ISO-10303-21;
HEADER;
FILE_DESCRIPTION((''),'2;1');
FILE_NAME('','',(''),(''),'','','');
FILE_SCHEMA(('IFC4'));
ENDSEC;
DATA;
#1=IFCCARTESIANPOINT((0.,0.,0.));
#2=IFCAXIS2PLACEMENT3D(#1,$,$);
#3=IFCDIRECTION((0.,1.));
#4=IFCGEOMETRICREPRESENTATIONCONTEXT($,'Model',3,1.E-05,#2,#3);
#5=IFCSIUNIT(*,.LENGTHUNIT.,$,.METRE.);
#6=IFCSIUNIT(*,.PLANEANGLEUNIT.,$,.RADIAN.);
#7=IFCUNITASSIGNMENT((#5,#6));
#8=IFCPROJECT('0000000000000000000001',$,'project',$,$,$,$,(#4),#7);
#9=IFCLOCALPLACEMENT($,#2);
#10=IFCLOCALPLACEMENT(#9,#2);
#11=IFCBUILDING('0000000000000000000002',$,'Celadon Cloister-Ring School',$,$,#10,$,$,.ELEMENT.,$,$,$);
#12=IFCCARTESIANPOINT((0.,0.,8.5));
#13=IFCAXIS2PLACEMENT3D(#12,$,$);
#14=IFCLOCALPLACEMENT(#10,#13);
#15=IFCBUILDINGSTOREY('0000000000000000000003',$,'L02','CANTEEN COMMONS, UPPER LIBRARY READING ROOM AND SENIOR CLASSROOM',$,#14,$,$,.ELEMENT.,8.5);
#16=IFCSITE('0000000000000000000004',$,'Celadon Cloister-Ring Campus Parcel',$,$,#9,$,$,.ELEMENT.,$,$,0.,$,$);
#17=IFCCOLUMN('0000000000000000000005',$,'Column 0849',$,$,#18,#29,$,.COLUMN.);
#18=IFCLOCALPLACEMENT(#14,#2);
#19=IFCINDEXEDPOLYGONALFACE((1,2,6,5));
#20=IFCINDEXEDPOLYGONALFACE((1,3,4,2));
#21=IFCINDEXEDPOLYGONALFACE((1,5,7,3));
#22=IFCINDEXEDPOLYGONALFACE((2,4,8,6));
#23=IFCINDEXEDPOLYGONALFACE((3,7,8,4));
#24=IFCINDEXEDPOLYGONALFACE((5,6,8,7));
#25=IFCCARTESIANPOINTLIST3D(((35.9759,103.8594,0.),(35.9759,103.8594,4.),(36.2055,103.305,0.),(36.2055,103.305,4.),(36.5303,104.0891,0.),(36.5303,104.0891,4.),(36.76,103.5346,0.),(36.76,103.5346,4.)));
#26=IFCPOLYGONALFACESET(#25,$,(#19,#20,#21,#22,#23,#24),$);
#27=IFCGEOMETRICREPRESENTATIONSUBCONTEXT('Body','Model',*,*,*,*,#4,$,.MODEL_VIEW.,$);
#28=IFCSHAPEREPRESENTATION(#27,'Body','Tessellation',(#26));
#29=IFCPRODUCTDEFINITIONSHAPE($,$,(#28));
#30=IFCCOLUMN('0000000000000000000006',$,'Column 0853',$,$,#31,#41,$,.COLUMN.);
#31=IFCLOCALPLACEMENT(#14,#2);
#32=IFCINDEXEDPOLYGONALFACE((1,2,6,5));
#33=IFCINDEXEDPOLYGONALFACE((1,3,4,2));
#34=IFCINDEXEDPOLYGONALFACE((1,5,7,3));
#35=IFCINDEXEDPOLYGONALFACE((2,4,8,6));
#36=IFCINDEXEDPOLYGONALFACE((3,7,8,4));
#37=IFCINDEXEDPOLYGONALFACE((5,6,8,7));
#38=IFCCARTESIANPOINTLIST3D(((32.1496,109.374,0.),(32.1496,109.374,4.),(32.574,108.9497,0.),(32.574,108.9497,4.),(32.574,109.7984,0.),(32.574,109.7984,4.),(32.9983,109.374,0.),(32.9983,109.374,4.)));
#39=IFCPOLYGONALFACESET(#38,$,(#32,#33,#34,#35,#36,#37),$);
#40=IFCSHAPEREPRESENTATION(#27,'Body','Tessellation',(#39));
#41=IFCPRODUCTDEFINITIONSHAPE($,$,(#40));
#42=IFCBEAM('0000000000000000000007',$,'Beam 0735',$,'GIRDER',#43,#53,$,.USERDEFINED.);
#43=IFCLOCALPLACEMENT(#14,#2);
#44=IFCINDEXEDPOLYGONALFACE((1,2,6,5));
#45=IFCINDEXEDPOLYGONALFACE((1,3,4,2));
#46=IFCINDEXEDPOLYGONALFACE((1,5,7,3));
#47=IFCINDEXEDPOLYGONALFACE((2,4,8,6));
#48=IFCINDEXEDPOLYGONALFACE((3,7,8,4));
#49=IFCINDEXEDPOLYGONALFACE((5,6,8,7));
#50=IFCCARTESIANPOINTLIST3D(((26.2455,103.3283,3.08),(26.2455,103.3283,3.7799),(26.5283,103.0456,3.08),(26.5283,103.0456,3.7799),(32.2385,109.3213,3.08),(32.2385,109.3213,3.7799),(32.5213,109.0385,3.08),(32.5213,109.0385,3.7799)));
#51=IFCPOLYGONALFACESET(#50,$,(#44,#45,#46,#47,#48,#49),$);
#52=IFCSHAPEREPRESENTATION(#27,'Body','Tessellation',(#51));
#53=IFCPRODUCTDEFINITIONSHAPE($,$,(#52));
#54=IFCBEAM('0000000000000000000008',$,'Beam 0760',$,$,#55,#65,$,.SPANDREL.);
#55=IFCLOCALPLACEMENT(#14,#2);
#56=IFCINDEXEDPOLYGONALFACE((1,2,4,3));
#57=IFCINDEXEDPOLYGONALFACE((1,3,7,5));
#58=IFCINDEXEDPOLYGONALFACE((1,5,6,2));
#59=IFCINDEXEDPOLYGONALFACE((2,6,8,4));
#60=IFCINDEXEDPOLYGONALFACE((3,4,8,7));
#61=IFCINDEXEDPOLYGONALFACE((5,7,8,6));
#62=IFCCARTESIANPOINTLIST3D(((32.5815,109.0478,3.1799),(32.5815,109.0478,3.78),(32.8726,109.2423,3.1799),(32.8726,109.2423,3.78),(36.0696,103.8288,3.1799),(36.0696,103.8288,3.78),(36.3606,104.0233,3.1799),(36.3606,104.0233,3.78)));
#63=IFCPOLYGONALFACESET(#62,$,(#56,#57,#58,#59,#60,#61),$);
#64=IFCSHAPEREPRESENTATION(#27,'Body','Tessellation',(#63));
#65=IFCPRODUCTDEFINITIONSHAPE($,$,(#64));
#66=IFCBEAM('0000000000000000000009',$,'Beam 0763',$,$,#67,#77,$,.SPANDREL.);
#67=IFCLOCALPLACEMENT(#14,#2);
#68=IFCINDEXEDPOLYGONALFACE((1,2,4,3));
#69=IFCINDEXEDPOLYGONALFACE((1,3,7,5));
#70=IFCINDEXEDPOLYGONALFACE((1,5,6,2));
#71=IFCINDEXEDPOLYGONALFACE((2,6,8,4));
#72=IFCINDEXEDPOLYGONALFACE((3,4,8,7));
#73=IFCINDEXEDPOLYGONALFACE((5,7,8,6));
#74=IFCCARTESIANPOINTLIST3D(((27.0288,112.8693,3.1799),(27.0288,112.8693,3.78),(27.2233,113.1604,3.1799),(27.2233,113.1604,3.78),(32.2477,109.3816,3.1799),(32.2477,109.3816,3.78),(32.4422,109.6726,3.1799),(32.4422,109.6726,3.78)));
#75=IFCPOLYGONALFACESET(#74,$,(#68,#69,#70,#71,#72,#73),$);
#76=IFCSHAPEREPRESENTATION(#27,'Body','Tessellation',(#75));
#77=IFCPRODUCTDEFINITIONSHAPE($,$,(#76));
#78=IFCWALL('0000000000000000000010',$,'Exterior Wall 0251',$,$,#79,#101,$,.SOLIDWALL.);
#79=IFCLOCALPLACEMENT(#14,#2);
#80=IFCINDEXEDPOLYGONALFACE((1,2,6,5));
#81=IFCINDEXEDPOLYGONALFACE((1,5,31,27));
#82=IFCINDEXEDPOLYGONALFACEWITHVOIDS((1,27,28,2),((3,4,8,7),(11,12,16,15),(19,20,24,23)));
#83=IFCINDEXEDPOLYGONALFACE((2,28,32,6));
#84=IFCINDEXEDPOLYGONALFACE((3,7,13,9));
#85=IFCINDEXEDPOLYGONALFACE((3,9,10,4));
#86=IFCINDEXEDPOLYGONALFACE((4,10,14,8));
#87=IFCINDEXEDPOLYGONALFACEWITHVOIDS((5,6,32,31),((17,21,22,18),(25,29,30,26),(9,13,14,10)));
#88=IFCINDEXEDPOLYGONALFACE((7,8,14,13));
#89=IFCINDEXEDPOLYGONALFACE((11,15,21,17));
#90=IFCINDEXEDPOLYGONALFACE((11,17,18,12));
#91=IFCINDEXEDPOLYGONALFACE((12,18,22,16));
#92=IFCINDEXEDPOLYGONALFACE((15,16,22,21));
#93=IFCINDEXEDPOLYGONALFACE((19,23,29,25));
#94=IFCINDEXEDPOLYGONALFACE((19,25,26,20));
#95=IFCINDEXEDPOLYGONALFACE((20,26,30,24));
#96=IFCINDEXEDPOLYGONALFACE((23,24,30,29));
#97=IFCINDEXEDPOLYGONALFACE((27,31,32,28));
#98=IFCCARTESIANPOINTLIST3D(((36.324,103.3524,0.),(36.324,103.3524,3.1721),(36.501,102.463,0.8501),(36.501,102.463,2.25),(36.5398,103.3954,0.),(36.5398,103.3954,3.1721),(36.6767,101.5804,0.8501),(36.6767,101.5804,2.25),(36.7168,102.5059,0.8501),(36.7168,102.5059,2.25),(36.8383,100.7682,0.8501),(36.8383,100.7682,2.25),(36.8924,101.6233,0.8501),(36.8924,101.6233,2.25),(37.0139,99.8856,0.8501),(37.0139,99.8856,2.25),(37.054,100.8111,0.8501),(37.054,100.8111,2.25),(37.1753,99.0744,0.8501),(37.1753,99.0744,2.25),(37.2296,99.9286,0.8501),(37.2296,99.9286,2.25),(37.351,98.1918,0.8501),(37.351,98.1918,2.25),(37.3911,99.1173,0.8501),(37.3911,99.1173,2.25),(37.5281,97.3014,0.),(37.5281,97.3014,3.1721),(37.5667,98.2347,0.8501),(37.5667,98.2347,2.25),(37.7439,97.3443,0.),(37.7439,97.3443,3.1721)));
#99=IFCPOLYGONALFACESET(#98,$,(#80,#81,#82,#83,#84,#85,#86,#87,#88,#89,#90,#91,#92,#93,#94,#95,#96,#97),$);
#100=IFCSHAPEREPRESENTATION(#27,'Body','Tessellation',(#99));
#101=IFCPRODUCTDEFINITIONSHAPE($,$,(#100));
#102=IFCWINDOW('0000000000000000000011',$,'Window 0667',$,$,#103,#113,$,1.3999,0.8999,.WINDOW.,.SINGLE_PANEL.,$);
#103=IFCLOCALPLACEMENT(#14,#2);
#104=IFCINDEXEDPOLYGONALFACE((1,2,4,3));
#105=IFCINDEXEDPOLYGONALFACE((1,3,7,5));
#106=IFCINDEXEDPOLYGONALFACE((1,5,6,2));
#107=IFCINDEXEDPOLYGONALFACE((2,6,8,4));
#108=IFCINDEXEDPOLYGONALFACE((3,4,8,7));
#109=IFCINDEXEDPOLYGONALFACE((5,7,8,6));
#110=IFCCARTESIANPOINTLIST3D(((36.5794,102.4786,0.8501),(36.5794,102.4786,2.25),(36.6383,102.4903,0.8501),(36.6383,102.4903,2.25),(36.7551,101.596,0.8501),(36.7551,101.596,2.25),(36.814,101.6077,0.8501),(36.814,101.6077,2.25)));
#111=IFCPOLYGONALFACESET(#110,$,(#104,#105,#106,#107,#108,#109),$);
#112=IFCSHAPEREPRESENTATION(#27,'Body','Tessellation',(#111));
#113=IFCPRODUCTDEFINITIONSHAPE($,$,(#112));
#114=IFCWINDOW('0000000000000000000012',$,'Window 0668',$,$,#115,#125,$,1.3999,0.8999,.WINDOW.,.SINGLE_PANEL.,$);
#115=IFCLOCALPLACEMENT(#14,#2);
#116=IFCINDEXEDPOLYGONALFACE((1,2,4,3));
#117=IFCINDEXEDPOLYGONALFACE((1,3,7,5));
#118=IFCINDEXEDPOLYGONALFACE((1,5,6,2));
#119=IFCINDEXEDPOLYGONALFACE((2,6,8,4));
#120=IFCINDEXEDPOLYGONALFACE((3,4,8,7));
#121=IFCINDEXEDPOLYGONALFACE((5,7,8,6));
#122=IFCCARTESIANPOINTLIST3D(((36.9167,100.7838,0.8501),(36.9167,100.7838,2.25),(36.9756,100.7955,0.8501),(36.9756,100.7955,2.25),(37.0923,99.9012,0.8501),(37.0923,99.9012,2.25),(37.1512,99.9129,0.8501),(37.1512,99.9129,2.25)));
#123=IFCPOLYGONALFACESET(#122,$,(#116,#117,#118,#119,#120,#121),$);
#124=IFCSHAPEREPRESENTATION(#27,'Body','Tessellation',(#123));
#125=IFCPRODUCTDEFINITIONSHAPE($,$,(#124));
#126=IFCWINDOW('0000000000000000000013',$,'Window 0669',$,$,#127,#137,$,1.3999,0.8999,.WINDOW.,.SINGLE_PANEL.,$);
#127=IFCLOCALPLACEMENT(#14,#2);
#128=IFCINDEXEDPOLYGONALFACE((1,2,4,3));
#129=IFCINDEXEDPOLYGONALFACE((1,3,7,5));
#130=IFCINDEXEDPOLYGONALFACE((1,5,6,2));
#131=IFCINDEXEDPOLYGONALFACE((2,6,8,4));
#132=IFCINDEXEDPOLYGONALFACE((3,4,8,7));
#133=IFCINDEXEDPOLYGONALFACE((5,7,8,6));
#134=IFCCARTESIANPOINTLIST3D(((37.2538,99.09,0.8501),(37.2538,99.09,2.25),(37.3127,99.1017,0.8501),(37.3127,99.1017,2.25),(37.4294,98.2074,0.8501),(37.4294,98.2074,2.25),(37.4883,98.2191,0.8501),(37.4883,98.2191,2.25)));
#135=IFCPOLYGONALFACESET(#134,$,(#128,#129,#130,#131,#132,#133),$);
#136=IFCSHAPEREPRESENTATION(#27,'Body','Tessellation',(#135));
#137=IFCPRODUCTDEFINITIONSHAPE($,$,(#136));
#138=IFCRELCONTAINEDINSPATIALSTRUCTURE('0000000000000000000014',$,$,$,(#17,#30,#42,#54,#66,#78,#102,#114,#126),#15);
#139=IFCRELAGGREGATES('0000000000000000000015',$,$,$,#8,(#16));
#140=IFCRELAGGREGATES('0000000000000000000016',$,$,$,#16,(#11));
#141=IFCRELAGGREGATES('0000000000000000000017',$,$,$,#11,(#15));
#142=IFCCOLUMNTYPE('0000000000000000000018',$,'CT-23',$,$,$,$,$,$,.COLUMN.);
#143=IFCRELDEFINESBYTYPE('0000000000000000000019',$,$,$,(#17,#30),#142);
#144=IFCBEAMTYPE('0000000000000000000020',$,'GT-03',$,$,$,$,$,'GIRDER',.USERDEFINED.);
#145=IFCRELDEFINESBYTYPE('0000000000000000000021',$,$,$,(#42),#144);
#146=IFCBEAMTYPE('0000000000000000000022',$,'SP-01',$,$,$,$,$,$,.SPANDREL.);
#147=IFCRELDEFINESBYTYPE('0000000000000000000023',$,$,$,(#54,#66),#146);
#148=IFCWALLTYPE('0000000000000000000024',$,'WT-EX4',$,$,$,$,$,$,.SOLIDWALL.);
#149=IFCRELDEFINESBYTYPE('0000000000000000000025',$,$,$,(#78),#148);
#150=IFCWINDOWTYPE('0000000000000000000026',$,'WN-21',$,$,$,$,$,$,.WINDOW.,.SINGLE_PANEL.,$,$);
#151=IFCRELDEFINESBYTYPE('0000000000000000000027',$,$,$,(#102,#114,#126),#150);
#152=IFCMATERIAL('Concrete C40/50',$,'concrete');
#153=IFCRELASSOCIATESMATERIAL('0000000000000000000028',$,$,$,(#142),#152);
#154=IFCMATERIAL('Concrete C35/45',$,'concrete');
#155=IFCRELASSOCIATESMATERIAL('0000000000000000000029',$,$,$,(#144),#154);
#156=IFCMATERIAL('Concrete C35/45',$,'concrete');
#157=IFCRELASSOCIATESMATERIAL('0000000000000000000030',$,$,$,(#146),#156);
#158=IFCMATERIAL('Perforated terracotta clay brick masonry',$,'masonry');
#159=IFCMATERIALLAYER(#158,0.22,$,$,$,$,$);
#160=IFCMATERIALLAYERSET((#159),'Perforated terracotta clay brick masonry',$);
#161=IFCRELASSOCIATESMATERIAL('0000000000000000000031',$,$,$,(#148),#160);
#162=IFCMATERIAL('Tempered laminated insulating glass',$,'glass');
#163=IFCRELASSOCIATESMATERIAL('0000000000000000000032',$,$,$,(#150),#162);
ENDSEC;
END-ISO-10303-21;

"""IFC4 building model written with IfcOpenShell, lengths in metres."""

from ifc_helpers import new_model, si_unit, direction, frame, frame_2d, origin, origin_2d, place, context, subcontext, project, spatial, rectangle, extrude, material, layer, layer_set, material_profile, profile_set, type_object, element, fill, save


model = new_model("IFC4")

# Units and contexts
model_context = context("Model", 3, precision=1e-05, world=origin(), true_north=direction((0.0, 1.0)))
body_context = subcontext(model_context, "Body", "Model", "MODEL_VIEW")
ifc_project = project(units=[si_unit("LENGTHUNIT", "METRE"), si_unit("PLANEANGLEUNIT", "RADIAN")], contexts=[model_context])

# Site, building, storey
site_placement = place(None, origin())
site = spatial("IfcSite", under=ifc_project, at=site_placement, Name="Celadon Cloister-Ring Campus Parcel", CompositionType="ELEMENT", RefElevation=0.0)
building_placement = place(site_placement, origin())
building = spatial("IfcBuilding", under=site, at=building_placement, Name="Celadon Cloister-Ring School", CompositionType="ELEMENT")
storey_placement = place(building_placement, frame((0.0, 0.0, 8.5)))
storey = spatial("IfcBuildingStorey", under=building, at=storey_placement, Name="L02", Description="CANTEEN COMMONS, UPPER LIBRARY READING ROOM AND SENIOR CLASSROOM", CompositionType="ELEMENT", Elevation=8.5)

# Columns
ifc_material_1 = material(Name="Concrete C40/50", Category="concrete")
ifc_material_profile_1 = material_profile(ifc_material_1, rectangle(XDim=0.6001, YDim=0.6001, at=origin_2d()), Name="RC600X600")
ifc_profile_set_1 = profile_set([ifc_material_profile_1], Name="Concrete C40/50")
column_type = type_object("IfcColumnType", Name="CT-23", PredefinedType="COLUMN", material=ifc_profile_set_1)
for number, where, z_axis, x_axis, name in (
    (1, (36.3679, 103.697, 0.0), (0.0, 0.0, 1.0), (0.92388, 0.382683, 0.0), "Column 0849"),
    (2, (32.574, 109.374, 0.0), (0.0, 0.0, 1.0), (0.707107, 0.707107, 0.0), "Column 0853"),
):
    element("IfcColumn", number, at=place(storey_placement, frame(where, z_axis=z_axis, x_axis=x_axis)), inside=storey, type_object=column_type, Name=name, PredefinedType="COLUMN", context=body_context, shape_type="SweptSolid", body=[
        extrude(rectangle(XDim=0.6001, YDim=0.6001, at=origin_2d()), origin(), (0.0, 0.0, 1.0), 4.0),
    ])

# Beams
ifc_material_2 = material(Name="Concrete C35/45", Category="concrete")
ifc_material_profile_2 = material_profile(ifc_material_2, rectangle(XDim=0.3999, YDim=0.7, at=origin_2d()), Name="RC400X700")
ifc_profile_set_2 = profile_set([ifc_material_profile_2], Name="Concrete C35/45")
beam_type_1 = type_object("IfcBeamType", Name="GT-03", ElementType="GIRDER", PredefinedType="USERDEFINED", material=ifc_profile_set_2)
beam_1_placement = place(storey_placement, frame((32.3799, 109.1799, 3.4299), z_axis=(-0.707107, -0.707107, 0.0), x_axis=(0.707107, -0.707107, 0.0)))
element("IfcBeam", 3, at=beam_1_placement, inside=storey, type_object=beam_type_1, Name="Beam 0735", ObjectType="GIRDER", PredefinedType="USERDEFINED", context=body_context, shape_type="SweptSolid", body=[
    extrude(rectangle(XDim=0.3999, YDim=0.7, at=origin_2d()), origin(), (0.0, 0.0, 1.0), 8.4753),
])
ifc_material_3 = material(Name="Concrete C35/45", Category="concrete")
ifc_material_profile_3 = material_profile(ifc_material_3, rectangle(XDim=0.3501, YDim=0.6001, at=origin_2d()), Name="RC350X600")
ifc_profile_set_3 = profile_set([ifc_material_profile_3], Name="Concrete C35/45")
beam_type_2 = type_object("IfcBeamType", Name="SP-01", PredefinedType="SPANDREL", material=ifc_profile_set_3)
beam_2_placement = place(storey_placement, frame((36.2151, 103.926, 3.48), z_axis=(-0.55566, 0.83141, 0.0), x_axis=(-0.83141, -0.55566, 0.0)))
element("IfcBeam", 4, at=beam_2_placement, inside=storey, type_object=beam_type_2, Name="Beam 0760", PredefinedType="SPANDREL", context=body_context, shape_type="SweptSolid", body=[
    extrude(rectangle(XDim=0.3501, YDim=0.6001, at=origin_2d()), origin(), (0.0, 0.0, 1.0), 6.2773),
])
beam_3_placement = place(storey_placement, frame((32.345, 109.5271, 3.48), z_axis=(-0.831427, 0.555633, 0.0), x_axis=(-0.555633, -0.831427, 0.0)))
element("IfcBeam", 5, at=beam_3_placement, inside=storey, type_object=beam_type_2, Name="Beam 0763", PredefinedType="SPANDREL", context=body_context, shape_type="SweptSolid", body=[
    extrude(rectangle(XDim=0.3501, YDim=0.6001, at=origin_2d()), origin(), (0.0, 0.0, 1.0), 6.2771),
])

# Wall, openings, windows
ifc_material_4 = material(Name="Perforated terracotta clay brick masonry", Category="masonry")
ifc_layer_1 = layer(ifc_material_4, 0.22)
ifc_layer_set_1 = layer_set([ifc_layer_1], Name="Perforated terracotta clay brick masonry")
wall_type = type_object("IfcWallType", Name="WT-EX4", PredefinedType="SOLIDWALL", material=ifc_layer_set_1)
wall_1_placement = place(storey_placement, frame((36.4319, 103.374, 0.0), z_axis=(0.0, 0.0, 1.0), x_axis=(0.195165, -0.98077, 0.0)))
wall_1 = element("IfcWall", 6, at=wall_1_placement, inside=storey, type_object=wall_type, Name="Exterior Wall 0251", PredefinedType="SOLIDWALL", context=body_context, shape_type="SweptSolid", body=[
    extrude(rectangle(XDim=6.1697, YDim=0.22, at=frame_2d((3.085, 0.0))), origin(), (0.0, 0.0, 1.0), 3.1721),
])
opening_1_placement = place(wall_1_placement, frame((0.907, 0.0, 0.8501)))
opening_1 = element("IfcOpeningElement", 7, at=opening_1_placement, cuts=wall_1, PredefinedType="OPENING", context=body_context, shape_type="SweptSolid", body=[
    extrude(rectangle(XDim=0.8999, YDim=1.3999, at=frame_2d((0.45, 0.7))), frame((0.0, 0.1201, 0.0), z_axis=(0.0, -1.0, 0.0), x_axis=(1.0, 0.0, 0.0)), (0.0, 0.0, 1.0), 0.24),
])
opening_2_placement = place(wall_1_placement, frame((2.635, 0.0, 0.8501)))
opening_2 = element("IfcOpeningElement", 8, at=opening_2_placement, cuts=wall_1, PredefinedType="OPENING", context=body_context, shape_type="SweptSolid", body=[
    extrude(rectangle(XDim=0.8999, YDim=1.3999, at=frame_2d((0.45, 0.7))), frame((0.0, 0.1201, 0.0), z_axis=(0.0, -1.0, 0.0), x_axis=(1.0, 0.0, 0.0)), (0.0, 0.0, 1.0), 0.24),
])
opening_3_placement = place(wall_1_placement, frame((4.3621, 0.0, 0.8501)))
opening_3 = element("IfcOpeningElement", 9, at=opening_3_placement, cuts=wall_1, PredefinedType="OPENING", context=body_context, shape_type="SweptSolid", body=[
    extrude(rectangle(XDim=0.8999, YDim=1.3999, at=frame_2d((0.45, 0.7))), frame((0.0, 0.1201, 0.0), z_axis=(0.0, -1.0, 0.0), x_axis=(1.0, 0.0, 0.0)), (0.0, 0.0, 1.0), 0.24),
])
ifc_material_5 = material(Name="Tempered laminated insulating glass", Category="glass")
window_type = type_object("IfcWindowType", Name="WN-21", PartitioningType="SINGLE_PANEL", PredefinedType="WINDOW", material=ifc_material_5)
window_1_placement = place(opening_1_placement, origin())
window_1 = element("IfcWindow", 10, at=window_1_placement, inside=storey, type_object=window_type, Name="Window 0667", OverallHeight=1.3999, OverallWidth=0.8999, PartitioningType="SINGLE_PANEL", PredefinedType="WINDOW", context=body_context, shape_type="SweptSolid", body=[
    extrude(rectangle(XDim=0.8999, YDim=1.3999, at=frame_2d((0.45, 0.7))), frame((0.0, 0.03, 0.0), z_axis=(0.0, -1.0, 0.0), x_axis=(1.0, 0.0, 0.0)), (0.0, 0.0, 1.0), 0.0601),
])
fill(opening_1, window_1)
window_2_placement = place(opening_2_placement, origin())
window_2 = element("IfcWindow", 11, at=window_2_placement, inside=storey, type_object=window_type, Name="Window 0668", OverallHeight=1.3999, OverallWidth=0.8999, PartitioningType="SINGLE_PANEL", PredefinedType="WINDOW", context=body_context, shape_type="SweptSolid", body=[
    extrude(rectangle(XDim=0.8999, YDim=1.3999, at=frame_2d((0.45, 0.7))), frame((0.0, 0.03, 0.0), z_axis=(0.0, -1.0, 0.0), x_axis=(1.0, 0.0, 0.0)), (0.0, 0.0, 1.0), 0.0601),
])
fill(opening_2, window_2)
window_3_placement = place(opening_3_placement, origin())
window_3 = element("IfcWindow", 12, at=window_3_placement, inside=storey, type_object=window_type, Name="Window 0669", OverallHeight=1.3999, OverallWidth=0.8999, PartitioningType="SINGLE_PANEL", PredefinedType="WINDOW", context=body_context, shape_type="SweptSolid", body=[
    extrude(rectangle(XDim=0.8999, YDim=1.3999, at=frame_2d((0.45, 0.7))), frame((0.0, 0.03, 0.0), z_axis=(0.0, -1.0, 0.0), x_axis=(1.0, 0.0, 0.0)), (0.0, 0.0, 1.0), 0.0601),
])
fill(opening_3, window_3)

save(model, "model.ifc")
